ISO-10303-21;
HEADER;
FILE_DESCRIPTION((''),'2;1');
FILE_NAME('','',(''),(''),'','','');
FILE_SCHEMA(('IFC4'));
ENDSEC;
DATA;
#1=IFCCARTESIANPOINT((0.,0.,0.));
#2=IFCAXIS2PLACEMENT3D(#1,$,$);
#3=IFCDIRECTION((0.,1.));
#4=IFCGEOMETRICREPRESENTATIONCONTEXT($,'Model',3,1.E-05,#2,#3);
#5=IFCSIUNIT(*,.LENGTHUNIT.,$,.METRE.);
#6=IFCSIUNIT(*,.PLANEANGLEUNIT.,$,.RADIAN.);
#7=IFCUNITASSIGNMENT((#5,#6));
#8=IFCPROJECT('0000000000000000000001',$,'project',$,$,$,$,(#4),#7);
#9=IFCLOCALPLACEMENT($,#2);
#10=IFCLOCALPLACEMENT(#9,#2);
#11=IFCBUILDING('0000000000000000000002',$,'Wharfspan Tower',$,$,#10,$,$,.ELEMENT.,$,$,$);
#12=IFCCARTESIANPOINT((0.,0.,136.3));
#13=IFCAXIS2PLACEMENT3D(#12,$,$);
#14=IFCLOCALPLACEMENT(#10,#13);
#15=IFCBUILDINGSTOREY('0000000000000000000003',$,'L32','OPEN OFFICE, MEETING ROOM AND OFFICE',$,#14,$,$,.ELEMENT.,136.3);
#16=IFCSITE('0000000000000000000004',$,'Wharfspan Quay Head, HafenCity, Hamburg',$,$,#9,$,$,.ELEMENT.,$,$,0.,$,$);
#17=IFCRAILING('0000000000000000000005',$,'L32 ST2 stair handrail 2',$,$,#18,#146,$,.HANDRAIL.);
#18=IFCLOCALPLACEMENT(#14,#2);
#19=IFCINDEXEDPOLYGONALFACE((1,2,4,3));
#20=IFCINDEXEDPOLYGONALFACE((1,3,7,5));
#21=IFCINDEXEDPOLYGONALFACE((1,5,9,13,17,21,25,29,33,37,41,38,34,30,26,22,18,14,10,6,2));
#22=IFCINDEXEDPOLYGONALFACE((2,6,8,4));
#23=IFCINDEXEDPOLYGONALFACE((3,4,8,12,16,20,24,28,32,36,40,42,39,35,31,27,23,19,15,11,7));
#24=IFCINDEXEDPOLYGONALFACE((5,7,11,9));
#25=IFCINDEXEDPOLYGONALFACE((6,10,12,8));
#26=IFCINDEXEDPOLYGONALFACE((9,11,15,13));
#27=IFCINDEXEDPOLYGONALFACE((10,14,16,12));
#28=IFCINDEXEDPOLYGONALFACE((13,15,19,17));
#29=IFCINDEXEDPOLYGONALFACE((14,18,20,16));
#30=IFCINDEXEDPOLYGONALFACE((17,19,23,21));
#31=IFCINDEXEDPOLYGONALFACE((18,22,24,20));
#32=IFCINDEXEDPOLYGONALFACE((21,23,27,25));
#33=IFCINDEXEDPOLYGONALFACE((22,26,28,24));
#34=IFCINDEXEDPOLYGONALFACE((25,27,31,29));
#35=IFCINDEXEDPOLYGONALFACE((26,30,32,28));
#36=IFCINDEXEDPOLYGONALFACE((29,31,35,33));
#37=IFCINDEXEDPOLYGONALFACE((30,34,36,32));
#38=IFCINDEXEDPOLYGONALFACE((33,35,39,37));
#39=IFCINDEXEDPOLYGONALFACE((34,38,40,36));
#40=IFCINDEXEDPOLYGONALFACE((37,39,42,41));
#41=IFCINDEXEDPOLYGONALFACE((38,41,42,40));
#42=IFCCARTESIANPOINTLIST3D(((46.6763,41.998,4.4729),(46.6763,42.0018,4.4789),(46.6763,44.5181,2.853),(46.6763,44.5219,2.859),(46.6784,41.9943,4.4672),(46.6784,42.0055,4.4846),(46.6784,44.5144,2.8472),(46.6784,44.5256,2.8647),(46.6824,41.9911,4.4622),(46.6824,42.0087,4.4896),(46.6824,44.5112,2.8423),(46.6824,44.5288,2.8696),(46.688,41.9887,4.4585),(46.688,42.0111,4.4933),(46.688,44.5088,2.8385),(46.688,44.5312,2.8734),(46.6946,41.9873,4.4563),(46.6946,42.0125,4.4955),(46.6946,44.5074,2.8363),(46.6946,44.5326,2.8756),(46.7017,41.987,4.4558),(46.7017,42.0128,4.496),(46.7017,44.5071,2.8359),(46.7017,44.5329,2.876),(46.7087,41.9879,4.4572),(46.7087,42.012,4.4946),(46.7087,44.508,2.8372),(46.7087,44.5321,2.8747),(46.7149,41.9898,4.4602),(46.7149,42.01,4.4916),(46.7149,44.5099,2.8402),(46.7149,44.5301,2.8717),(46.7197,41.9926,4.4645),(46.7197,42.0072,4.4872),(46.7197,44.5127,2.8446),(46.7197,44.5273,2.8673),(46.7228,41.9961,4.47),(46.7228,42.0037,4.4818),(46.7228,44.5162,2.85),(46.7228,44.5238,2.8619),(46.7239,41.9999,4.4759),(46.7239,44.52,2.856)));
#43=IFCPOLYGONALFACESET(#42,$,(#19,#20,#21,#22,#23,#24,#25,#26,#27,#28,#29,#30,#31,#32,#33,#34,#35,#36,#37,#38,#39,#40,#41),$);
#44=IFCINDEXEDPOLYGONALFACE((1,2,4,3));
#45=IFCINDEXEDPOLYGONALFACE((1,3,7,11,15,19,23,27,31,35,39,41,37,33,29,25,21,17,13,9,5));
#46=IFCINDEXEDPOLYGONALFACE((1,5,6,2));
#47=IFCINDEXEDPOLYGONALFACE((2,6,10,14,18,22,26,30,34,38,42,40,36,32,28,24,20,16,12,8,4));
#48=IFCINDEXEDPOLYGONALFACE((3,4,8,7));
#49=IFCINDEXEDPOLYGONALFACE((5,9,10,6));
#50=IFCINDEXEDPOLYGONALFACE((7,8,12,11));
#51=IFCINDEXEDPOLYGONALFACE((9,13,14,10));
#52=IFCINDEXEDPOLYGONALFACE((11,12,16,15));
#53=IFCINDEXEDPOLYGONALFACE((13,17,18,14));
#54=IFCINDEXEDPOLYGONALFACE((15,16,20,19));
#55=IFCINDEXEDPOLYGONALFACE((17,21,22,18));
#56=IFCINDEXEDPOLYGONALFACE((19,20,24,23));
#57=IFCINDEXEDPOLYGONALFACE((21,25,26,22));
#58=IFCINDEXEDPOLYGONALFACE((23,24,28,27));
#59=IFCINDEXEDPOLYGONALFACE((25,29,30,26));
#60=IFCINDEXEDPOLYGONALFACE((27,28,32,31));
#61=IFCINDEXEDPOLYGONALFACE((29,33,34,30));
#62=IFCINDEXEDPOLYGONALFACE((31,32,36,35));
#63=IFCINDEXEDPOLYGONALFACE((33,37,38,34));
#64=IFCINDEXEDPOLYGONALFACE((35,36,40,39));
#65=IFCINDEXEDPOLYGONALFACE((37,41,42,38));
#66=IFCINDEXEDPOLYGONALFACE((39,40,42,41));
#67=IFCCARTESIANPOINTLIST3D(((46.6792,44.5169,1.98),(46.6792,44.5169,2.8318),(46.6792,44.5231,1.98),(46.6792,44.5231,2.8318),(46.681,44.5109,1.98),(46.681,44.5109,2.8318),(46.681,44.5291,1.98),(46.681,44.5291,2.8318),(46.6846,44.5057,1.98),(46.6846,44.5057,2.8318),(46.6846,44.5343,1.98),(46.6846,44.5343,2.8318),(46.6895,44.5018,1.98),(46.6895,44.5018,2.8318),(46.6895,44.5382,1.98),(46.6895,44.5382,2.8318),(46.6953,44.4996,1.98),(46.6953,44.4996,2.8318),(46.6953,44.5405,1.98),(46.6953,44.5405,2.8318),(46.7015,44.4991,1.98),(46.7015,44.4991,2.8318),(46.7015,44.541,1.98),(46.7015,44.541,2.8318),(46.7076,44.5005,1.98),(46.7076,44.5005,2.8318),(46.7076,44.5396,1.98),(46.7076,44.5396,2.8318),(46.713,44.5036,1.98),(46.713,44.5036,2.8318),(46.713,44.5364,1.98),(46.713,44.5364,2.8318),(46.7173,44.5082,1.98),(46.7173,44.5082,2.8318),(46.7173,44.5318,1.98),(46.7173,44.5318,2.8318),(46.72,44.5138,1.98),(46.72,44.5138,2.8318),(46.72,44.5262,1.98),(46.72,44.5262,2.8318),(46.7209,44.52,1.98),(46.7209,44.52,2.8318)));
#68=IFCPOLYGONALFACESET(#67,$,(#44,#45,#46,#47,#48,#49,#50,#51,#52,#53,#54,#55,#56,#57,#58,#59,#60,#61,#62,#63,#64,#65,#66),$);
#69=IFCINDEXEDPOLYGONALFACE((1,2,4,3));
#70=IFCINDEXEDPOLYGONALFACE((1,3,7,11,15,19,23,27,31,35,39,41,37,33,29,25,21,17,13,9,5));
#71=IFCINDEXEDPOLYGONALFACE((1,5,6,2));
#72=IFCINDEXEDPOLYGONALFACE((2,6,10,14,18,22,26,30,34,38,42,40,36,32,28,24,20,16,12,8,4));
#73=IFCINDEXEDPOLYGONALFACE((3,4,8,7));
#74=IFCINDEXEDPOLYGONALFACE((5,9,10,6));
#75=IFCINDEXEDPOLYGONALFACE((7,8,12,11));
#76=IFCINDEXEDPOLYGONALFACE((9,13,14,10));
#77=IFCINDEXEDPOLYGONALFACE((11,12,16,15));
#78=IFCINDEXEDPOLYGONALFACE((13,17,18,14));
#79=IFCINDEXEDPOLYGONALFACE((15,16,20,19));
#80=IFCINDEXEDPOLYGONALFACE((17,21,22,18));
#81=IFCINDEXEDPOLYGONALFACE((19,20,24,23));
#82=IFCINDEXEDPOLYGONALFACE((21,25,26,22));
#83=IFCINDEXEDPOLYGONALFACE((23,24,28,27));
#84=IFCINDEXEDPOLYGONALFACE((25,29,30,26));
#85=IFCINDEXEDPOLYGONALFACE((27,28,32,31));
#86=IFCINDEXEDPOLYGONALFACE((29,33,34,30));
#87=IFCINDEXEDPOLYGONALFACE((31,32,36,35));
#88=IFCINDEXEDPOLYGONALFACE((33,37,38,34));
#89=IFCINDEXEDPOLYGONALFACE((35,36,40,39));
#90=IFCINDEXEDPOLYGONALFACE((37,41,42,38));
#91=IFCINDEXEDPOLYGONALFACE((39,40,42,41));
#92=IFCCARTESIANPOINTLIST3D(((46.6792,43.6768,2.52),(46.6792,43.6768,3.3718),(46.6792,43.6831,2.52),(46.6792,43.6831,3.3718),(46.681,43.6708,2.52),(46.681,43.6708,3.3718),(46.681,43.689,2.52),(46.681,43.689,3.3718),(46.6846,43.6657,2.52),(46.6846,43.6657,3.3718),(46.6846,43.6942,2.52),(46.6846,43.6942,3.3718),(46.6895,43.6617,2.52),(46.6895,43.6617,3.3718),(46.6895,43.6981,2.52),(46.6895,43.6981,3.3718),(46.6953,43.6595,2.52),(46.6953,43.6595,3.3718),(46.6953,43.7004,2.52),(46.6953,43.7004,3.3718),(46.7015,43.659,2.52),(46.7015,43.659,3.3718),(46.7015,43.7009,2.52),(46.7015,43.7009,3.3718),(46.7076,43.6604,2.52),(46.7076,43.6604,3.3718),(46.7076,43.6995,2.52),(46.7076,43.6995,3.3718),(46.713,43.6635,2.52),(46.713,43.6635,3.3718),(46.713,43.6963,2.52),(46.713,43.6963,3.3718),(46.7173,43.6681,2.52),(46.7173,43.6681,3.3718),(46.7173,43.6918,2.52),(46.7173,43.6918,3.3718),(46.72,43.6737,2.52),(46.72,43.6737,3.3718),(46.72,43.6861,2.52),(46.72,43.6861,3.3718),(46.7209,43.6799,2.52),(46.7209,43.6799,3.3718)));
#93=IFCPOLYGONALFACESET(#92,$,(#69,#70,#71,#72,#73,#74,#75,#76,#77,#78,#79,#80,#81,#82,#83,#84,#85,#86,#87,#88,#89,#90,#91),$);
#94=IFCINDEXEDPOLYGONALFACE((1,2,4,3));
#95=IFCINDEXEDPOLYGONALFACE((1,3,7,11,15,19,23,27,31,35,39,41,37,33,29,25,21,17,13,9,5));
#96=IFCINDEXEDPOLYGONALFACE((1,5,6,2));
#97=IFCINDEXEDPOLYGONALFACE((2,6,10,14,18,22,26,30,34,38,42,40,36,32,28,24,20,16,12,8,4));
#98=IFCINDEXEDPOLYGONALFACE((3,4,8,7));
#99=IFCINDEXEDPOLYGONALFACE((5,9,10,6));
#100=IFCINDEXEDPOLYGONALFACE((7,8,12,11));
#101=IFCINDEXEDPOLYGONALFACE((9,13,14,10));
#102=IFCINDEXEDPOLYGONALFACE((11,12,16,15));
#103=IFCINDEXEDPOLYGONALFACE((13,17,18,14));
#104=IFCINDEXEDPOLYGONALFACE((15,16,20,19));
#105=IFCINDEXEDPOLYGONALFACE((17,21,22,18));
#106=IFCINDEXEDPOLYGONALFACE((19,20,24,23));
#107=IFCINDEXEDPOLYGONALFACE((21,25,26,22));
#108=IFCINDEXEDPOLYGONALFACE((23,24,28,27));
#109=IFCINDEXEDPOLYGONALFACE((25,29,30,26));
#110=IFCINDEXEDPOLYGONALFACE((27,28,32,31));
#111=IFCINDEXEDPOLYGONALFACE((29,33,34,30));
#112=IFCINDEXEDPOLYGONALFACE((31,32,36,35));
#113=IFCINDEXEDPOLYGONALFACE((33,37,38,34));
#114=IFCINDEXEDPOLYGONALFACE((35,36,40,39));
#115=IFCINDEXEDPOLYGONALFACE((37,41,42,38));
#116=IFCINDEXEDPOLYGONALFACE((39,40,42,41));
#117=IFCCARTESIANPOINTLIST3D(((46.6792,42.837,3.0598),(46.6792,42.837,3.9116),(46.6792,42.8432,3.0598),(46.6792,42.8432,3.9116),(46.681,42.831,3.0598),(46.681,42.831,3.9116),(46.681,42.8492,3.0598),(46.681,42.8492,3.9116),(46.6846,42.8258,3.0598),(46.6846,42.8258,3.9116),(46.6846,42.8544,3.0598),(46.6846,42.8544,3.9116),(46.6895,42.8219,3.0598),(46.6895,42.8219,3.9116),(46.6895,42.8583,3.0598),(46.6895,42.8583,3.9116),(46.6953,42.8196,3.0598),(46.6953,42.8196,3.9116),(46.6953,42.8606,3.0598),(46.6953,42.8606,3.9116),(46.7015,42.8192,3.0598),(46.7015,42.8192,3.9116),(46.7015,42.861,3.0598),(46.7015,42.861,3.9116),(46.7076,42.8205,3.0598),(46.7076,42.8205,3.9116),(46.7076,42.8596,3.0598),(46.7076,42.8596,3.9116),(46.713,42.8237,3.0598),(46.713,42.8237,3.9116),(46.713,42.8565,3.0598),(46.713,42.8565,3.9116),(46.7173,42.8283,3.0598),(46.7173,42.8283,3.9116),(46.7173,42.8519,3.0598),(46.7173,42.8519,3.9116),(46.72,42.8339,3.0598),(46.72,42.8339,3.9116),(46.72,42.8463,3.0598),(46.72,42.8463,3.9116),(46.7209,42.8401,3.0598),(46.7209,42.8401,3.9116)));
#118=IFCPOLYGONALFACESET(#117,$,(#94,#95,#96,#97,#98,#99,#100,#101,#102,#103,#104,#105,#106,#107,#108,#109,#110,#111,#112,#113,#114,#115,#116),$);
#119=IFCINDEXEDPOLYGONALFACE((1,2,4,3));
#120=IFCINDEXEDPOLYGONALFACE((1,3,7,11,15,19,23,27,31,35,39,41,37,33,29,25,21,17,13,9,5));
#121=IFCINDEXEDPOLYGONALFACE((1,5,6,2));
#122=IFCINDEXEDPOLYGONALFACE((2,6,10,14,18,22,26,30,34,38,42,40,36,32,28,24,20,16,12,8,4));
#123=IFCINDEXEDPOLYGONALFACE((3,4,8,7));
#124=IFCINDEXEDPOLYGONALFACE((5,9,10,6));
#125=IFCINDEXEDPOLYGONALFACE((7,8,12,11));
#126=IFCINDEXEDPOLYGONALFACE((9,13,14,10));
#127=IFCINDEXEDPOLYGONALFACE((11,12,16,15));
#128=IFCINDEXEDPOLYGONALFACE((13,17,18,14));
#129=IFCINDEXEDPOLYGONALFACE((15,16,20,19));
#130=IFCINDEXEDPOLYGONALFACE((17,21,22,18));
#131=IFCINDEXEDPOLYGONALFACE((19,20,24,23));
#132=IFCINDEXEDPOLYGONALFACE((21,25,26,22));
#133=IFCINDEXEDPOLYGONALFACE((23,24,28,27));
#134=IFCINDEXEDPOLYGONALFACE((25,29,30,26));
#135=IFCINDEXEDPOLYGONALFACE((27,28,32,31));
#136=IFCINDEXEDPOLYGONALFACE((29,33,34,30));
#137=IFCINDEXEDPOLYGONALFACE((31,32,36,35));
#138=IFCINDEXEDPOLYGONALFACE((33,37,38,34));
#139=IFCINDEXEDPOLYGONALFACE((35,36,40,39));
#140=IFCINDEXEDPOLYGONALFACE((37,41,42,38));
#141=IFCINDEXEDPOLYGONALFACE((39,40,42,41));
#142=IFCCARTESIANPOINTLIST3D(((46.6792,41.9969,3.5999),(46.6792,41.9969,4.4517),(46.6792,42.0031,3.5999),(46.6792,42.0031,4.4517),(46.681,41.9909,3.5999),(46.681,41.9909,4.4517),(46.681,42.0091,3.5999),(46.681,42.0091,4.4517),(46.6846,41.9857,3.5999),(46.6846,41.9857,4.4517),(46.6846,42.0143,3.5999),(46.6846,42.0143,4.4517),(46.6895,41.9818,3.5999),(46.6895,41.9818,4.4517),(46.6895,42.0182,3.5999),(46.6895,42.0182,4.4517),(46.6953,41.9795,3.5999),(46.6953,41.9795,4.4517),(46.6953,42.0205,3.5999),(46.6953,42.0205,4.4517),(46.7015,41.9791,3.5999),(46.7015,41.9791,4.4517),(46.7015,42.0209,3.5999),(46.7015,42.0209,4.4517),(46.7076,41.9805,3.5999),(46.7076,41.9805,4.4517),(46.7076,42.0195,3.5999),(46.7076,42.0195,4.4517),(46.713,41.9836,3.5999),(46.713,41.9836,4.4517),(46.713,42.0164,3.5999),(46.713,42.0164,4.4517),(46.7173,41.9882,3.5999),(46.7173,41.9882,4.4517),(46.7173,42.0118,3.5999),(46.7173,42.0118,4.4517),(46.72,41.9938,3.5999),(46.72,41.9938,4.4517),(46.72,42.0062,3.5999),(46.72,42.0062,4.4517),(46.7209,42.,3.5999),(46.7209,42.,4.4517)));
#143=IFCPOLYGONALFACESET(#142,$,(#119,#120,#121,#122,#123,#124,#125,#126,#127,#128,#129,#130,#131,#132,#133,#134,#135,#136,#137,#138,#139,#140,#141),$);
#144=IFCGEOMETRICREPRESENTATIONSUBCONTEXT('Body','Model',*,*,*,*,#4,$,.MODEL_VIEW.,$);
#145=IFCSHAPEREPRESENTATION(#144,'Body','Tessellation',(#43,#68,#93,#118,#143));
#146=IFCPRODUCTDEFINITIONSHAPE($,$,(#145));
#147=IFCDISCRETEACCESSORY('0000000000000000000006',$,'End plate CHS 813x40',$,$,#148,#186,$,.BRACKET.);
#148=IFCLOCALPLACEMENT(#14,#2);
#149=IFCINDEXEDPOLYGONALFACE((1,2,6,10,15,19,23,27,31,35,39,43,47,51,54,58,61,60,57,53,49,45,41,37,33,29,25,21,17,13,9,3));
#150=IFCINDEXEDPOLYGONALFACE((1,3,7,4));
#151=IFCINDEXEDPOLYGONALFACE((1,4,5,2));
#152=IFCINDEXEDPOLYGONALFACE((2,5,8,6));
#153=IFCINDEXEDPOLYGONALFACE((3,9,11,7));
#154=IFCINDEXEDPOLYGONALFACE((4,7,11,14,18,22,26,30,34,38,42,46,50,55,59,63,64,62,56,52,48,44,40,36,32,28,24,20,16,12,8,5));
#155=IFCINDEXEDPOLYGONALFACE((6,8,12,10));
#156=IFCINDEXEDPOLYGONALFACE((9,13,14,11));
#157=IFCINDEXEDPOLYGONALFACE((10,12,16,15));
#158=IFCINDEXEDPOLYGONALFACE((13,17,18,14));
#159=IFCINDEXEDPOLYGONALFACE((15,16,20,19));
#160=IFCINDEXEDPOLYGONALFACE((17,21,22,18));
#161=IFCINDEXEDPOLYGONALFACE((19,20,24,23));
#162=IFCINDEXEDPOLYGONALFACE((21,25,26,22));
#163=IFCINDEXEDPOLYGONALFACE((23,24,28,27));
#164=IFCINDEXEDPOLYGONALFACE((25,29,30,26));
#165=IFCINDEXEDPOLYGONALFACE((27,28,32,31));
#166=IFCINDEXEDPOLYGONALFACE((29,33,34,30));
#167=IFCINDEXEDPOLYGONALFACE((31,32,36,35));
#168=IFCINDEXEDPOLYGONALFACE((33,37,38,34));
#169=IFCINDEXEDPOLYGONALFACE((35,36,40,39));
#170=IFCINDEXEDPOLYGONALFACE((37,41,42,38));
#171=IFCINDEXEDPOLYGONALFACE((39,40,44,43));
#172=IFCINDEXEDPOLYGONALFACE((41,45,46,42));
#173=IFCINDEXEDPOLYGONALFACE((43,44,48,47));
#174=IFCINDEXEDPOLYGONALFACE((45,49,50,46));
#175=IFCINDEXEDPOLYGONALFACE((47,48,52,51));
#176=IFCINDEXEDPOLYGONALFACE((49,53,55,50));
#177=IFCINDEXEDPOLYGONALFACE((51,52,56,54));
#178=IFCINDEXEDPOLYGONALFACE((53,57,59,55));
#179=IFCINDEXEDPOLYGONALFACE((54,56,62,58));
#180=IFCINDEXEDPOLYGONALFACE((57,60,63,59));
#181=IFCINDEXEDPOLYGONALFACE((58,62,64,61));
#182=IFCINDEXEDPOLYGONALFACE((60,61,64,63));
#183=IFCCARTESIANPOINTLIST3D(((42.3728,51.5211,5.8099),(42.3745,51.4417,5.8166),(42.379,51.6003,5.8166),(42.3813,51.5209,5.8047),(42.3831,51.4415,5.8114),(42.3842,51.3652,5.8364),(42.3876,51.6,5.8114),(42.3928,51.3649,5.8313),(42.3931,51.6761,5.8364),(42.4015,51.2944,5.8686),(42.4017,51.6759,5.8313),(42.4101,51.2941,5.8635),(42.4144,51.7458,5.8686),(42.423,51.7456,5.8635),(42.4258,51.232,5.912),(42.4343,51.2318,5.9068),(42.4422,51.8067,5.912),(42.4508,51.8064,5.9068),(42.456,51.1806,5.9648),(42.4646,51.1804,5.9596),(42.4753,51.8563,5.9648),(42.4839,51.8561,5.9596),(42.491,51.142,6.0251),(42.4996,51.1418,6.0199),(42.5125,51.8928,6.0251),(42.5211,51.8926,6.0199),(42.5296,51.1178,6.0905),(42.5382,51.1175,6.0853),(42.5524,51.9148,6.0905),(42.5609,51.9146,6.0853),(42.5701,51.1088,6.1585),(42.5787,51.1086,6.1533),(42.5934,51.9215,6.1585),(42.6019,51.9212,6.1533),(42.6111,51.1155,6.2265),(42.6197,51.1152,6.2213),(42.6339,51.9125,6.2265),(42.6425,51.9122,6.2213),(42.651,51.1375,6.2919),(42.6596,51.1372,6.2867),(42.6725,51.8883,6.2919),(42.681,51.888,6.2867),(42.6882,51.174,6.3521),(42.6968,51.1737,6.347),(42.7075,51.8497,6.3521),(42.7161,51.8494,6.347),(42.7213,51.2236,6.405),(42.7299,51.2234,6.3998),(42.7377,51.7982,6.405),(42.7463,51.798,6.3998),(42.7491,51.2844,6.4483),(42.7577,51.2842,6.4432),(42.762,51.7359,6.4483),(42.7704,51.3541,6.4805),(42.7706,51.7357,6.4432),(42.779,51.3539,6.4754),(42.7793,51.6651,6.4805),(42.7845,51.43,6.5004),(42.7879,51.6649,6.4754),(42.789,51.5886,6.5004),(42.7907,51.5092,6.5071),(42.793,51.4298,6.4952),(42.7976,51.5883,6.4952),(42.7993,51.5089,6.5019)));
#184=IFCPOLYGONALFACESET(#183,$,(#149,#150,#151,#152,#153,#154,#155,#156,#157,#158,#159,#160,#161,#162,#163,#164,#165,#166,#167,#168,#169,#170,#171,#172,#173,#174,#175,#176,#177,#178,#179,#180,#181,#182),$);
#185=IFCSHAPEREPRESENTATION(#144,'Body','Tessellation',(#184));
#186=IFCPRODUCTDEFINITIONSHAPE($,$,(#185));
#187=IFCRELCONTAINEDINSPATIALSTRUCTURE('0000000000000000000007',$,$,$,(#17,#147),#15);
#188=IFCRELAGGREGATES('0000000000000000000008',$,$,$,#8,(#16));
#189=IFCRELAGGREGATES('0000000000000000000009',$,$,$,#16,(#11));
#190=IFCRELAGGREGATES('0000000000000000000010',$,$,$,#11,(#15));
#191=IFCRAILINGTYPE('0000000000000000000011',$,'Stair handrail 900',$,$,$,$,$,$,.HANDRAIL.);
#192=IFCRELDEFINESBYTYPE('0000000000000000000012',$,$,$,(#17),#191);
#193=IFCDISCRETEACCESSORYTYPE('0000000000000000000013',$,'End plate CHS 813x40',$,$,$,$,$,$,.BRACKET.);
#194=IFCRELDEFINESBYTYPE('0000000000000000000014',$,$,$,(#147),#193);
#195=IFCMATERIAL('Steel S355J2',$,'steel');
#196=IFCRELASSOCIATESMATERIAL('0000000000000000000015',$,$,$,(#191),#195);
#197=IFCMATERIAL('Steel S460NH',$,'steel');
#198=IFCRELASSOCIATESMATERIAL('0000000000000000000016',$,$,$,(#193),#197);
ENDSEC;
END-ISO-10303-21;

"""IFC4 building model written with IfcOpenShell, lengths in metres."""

from ifc_helpers import new_model, si_unit, direction, frame, origin, origin_2d, place, context, subcontext, project, spatial, circle, extrude, material, material_profile, profile_set, type_object, element, save


model = new_model("IFC4")

# Units and contexts
model_context = context("Model", 3, precision=1e-05, world=origin(), true_north=direction((0.0, 1.0)))
body_context = subcontext(model_context, "Body", "Model", "MODEL_VIEW")
ifc_project = project(units=[si_unit("LENGTHUNIT", "METRE"), si_unit("PLANEANGLEUNIT", "RADIAN")], contexts=[model_context])

# Site, building, storey
site_placement = place(None, origin())
site = spatial("IfcSite", under=ifc_project, at=site_placement, Name="Wharfspan Quay Head, HafenCity, Hamburg", CompositionType="ELEMENT", RefElevation=0.0)
building_placement = place(site_placement, origin())
building = spatial("IfcBuilding", under=site, at=building_placement, Name="Wharfspan Tower", CompositionType="ELEMENT")
storey_placement = place(building_placement, frame((0.0, 0.0, 136.3)))
storey = spatial("IfcBuildingStorey", under=building, at=storey_placement, Name="L32", Description="OPEN OFFICE, MEETING ROOM AND OFFICE", CompositionType="ELEMENT", Elevation=136.3)

# Shared definitions
ifc_material_1 = material(Name="Steel S355J2", Category="steel")

# Shared definitions
ifc_material_2 = material(Name="Steel S460NH", Category="steel")

# Railing
railing_type_1 = type_object("IfcRailingType", Name="Stair handrail 900", PredefinedType="HANDRAIL", material=ifc_material_1)
railing_1_placement = place(storey_placement, frame((46.7, 44.52, 1.98)))
element("IfcRailing", 1, at=railing_1_placement, inside=storey, type_object=railing_type_1, Name="L32 ST2 stair handrail 2", PredefinedType="HANDRAIL", context=body_context, shape_type="SweptSolid", body=[
    extrude(circle(Radius=0.0239, at=origin_2d()), frame((0.0, 0.0, 0.876), z_axis=(0.0, -0.8412, 0.540725), x_axis=(1.0, 0.0, 0.0)), (0.0, 0.0, 1.0), 2.9958),
    extrude(circle(Radius=0.021, at=origin_2d()), origin(), (0.0, 0.0, 1.0), 0.8518),
    extrude(circle(Radius=0.021, at=origin_2d()), frame((0.0, -0.8401, 0.54)), (0.0, 0.0, 1.0), 0.8518),
    extrude(circle(Radius=0.021, at=origin_2d()), frame((0.0, -1.6799, 1.0798)), (0.0, 0.0, 1.0), 0.8518),
    extrude(circle(Radius=0.021, at=origin_2d()), frame((0.0, -2.52, 1.6199)), (0.0, 0.0, 1.0), 0.8518),
])

# Discrete accessory
ifc_material_profile_1 = material_profile(ifc_material_2, circle(Radius=0.4065, at=origin_2d()))
ifc_profile_set_1 = profile_set([ifc_material_profile_1], Name="Steel S460NH")
discrete_accessory_type = type_object("IfcDiscreteAccessoryType", Name="End plate CHS 813x40", PredefinedType="BRACKET", material=ifc_profile_set_1)
discrete_accessory_placement = place(storey_placement, frame((42.5903, 51.5149, 6.1533), z_axis=(-0.857236, 0.024492, 0.514341), x_axis=(-0.028558, -0.999591, 0.000002)))
element("IfcDiscreteAccessory", 2, at=discrete_accessory_placement, inside=storey, type_object=discrete_accessory_type, Name="End plate CHS 813x40", PredefinedType="BRACKET", context=body_context, shape_type="SweptSolid", body=[
    extrude(circle(Radius=0.4065, at=origin_2d()), origin(), (0.0, 0.0, 1.0), 0.01),
])

save(model, "model.ifc")
